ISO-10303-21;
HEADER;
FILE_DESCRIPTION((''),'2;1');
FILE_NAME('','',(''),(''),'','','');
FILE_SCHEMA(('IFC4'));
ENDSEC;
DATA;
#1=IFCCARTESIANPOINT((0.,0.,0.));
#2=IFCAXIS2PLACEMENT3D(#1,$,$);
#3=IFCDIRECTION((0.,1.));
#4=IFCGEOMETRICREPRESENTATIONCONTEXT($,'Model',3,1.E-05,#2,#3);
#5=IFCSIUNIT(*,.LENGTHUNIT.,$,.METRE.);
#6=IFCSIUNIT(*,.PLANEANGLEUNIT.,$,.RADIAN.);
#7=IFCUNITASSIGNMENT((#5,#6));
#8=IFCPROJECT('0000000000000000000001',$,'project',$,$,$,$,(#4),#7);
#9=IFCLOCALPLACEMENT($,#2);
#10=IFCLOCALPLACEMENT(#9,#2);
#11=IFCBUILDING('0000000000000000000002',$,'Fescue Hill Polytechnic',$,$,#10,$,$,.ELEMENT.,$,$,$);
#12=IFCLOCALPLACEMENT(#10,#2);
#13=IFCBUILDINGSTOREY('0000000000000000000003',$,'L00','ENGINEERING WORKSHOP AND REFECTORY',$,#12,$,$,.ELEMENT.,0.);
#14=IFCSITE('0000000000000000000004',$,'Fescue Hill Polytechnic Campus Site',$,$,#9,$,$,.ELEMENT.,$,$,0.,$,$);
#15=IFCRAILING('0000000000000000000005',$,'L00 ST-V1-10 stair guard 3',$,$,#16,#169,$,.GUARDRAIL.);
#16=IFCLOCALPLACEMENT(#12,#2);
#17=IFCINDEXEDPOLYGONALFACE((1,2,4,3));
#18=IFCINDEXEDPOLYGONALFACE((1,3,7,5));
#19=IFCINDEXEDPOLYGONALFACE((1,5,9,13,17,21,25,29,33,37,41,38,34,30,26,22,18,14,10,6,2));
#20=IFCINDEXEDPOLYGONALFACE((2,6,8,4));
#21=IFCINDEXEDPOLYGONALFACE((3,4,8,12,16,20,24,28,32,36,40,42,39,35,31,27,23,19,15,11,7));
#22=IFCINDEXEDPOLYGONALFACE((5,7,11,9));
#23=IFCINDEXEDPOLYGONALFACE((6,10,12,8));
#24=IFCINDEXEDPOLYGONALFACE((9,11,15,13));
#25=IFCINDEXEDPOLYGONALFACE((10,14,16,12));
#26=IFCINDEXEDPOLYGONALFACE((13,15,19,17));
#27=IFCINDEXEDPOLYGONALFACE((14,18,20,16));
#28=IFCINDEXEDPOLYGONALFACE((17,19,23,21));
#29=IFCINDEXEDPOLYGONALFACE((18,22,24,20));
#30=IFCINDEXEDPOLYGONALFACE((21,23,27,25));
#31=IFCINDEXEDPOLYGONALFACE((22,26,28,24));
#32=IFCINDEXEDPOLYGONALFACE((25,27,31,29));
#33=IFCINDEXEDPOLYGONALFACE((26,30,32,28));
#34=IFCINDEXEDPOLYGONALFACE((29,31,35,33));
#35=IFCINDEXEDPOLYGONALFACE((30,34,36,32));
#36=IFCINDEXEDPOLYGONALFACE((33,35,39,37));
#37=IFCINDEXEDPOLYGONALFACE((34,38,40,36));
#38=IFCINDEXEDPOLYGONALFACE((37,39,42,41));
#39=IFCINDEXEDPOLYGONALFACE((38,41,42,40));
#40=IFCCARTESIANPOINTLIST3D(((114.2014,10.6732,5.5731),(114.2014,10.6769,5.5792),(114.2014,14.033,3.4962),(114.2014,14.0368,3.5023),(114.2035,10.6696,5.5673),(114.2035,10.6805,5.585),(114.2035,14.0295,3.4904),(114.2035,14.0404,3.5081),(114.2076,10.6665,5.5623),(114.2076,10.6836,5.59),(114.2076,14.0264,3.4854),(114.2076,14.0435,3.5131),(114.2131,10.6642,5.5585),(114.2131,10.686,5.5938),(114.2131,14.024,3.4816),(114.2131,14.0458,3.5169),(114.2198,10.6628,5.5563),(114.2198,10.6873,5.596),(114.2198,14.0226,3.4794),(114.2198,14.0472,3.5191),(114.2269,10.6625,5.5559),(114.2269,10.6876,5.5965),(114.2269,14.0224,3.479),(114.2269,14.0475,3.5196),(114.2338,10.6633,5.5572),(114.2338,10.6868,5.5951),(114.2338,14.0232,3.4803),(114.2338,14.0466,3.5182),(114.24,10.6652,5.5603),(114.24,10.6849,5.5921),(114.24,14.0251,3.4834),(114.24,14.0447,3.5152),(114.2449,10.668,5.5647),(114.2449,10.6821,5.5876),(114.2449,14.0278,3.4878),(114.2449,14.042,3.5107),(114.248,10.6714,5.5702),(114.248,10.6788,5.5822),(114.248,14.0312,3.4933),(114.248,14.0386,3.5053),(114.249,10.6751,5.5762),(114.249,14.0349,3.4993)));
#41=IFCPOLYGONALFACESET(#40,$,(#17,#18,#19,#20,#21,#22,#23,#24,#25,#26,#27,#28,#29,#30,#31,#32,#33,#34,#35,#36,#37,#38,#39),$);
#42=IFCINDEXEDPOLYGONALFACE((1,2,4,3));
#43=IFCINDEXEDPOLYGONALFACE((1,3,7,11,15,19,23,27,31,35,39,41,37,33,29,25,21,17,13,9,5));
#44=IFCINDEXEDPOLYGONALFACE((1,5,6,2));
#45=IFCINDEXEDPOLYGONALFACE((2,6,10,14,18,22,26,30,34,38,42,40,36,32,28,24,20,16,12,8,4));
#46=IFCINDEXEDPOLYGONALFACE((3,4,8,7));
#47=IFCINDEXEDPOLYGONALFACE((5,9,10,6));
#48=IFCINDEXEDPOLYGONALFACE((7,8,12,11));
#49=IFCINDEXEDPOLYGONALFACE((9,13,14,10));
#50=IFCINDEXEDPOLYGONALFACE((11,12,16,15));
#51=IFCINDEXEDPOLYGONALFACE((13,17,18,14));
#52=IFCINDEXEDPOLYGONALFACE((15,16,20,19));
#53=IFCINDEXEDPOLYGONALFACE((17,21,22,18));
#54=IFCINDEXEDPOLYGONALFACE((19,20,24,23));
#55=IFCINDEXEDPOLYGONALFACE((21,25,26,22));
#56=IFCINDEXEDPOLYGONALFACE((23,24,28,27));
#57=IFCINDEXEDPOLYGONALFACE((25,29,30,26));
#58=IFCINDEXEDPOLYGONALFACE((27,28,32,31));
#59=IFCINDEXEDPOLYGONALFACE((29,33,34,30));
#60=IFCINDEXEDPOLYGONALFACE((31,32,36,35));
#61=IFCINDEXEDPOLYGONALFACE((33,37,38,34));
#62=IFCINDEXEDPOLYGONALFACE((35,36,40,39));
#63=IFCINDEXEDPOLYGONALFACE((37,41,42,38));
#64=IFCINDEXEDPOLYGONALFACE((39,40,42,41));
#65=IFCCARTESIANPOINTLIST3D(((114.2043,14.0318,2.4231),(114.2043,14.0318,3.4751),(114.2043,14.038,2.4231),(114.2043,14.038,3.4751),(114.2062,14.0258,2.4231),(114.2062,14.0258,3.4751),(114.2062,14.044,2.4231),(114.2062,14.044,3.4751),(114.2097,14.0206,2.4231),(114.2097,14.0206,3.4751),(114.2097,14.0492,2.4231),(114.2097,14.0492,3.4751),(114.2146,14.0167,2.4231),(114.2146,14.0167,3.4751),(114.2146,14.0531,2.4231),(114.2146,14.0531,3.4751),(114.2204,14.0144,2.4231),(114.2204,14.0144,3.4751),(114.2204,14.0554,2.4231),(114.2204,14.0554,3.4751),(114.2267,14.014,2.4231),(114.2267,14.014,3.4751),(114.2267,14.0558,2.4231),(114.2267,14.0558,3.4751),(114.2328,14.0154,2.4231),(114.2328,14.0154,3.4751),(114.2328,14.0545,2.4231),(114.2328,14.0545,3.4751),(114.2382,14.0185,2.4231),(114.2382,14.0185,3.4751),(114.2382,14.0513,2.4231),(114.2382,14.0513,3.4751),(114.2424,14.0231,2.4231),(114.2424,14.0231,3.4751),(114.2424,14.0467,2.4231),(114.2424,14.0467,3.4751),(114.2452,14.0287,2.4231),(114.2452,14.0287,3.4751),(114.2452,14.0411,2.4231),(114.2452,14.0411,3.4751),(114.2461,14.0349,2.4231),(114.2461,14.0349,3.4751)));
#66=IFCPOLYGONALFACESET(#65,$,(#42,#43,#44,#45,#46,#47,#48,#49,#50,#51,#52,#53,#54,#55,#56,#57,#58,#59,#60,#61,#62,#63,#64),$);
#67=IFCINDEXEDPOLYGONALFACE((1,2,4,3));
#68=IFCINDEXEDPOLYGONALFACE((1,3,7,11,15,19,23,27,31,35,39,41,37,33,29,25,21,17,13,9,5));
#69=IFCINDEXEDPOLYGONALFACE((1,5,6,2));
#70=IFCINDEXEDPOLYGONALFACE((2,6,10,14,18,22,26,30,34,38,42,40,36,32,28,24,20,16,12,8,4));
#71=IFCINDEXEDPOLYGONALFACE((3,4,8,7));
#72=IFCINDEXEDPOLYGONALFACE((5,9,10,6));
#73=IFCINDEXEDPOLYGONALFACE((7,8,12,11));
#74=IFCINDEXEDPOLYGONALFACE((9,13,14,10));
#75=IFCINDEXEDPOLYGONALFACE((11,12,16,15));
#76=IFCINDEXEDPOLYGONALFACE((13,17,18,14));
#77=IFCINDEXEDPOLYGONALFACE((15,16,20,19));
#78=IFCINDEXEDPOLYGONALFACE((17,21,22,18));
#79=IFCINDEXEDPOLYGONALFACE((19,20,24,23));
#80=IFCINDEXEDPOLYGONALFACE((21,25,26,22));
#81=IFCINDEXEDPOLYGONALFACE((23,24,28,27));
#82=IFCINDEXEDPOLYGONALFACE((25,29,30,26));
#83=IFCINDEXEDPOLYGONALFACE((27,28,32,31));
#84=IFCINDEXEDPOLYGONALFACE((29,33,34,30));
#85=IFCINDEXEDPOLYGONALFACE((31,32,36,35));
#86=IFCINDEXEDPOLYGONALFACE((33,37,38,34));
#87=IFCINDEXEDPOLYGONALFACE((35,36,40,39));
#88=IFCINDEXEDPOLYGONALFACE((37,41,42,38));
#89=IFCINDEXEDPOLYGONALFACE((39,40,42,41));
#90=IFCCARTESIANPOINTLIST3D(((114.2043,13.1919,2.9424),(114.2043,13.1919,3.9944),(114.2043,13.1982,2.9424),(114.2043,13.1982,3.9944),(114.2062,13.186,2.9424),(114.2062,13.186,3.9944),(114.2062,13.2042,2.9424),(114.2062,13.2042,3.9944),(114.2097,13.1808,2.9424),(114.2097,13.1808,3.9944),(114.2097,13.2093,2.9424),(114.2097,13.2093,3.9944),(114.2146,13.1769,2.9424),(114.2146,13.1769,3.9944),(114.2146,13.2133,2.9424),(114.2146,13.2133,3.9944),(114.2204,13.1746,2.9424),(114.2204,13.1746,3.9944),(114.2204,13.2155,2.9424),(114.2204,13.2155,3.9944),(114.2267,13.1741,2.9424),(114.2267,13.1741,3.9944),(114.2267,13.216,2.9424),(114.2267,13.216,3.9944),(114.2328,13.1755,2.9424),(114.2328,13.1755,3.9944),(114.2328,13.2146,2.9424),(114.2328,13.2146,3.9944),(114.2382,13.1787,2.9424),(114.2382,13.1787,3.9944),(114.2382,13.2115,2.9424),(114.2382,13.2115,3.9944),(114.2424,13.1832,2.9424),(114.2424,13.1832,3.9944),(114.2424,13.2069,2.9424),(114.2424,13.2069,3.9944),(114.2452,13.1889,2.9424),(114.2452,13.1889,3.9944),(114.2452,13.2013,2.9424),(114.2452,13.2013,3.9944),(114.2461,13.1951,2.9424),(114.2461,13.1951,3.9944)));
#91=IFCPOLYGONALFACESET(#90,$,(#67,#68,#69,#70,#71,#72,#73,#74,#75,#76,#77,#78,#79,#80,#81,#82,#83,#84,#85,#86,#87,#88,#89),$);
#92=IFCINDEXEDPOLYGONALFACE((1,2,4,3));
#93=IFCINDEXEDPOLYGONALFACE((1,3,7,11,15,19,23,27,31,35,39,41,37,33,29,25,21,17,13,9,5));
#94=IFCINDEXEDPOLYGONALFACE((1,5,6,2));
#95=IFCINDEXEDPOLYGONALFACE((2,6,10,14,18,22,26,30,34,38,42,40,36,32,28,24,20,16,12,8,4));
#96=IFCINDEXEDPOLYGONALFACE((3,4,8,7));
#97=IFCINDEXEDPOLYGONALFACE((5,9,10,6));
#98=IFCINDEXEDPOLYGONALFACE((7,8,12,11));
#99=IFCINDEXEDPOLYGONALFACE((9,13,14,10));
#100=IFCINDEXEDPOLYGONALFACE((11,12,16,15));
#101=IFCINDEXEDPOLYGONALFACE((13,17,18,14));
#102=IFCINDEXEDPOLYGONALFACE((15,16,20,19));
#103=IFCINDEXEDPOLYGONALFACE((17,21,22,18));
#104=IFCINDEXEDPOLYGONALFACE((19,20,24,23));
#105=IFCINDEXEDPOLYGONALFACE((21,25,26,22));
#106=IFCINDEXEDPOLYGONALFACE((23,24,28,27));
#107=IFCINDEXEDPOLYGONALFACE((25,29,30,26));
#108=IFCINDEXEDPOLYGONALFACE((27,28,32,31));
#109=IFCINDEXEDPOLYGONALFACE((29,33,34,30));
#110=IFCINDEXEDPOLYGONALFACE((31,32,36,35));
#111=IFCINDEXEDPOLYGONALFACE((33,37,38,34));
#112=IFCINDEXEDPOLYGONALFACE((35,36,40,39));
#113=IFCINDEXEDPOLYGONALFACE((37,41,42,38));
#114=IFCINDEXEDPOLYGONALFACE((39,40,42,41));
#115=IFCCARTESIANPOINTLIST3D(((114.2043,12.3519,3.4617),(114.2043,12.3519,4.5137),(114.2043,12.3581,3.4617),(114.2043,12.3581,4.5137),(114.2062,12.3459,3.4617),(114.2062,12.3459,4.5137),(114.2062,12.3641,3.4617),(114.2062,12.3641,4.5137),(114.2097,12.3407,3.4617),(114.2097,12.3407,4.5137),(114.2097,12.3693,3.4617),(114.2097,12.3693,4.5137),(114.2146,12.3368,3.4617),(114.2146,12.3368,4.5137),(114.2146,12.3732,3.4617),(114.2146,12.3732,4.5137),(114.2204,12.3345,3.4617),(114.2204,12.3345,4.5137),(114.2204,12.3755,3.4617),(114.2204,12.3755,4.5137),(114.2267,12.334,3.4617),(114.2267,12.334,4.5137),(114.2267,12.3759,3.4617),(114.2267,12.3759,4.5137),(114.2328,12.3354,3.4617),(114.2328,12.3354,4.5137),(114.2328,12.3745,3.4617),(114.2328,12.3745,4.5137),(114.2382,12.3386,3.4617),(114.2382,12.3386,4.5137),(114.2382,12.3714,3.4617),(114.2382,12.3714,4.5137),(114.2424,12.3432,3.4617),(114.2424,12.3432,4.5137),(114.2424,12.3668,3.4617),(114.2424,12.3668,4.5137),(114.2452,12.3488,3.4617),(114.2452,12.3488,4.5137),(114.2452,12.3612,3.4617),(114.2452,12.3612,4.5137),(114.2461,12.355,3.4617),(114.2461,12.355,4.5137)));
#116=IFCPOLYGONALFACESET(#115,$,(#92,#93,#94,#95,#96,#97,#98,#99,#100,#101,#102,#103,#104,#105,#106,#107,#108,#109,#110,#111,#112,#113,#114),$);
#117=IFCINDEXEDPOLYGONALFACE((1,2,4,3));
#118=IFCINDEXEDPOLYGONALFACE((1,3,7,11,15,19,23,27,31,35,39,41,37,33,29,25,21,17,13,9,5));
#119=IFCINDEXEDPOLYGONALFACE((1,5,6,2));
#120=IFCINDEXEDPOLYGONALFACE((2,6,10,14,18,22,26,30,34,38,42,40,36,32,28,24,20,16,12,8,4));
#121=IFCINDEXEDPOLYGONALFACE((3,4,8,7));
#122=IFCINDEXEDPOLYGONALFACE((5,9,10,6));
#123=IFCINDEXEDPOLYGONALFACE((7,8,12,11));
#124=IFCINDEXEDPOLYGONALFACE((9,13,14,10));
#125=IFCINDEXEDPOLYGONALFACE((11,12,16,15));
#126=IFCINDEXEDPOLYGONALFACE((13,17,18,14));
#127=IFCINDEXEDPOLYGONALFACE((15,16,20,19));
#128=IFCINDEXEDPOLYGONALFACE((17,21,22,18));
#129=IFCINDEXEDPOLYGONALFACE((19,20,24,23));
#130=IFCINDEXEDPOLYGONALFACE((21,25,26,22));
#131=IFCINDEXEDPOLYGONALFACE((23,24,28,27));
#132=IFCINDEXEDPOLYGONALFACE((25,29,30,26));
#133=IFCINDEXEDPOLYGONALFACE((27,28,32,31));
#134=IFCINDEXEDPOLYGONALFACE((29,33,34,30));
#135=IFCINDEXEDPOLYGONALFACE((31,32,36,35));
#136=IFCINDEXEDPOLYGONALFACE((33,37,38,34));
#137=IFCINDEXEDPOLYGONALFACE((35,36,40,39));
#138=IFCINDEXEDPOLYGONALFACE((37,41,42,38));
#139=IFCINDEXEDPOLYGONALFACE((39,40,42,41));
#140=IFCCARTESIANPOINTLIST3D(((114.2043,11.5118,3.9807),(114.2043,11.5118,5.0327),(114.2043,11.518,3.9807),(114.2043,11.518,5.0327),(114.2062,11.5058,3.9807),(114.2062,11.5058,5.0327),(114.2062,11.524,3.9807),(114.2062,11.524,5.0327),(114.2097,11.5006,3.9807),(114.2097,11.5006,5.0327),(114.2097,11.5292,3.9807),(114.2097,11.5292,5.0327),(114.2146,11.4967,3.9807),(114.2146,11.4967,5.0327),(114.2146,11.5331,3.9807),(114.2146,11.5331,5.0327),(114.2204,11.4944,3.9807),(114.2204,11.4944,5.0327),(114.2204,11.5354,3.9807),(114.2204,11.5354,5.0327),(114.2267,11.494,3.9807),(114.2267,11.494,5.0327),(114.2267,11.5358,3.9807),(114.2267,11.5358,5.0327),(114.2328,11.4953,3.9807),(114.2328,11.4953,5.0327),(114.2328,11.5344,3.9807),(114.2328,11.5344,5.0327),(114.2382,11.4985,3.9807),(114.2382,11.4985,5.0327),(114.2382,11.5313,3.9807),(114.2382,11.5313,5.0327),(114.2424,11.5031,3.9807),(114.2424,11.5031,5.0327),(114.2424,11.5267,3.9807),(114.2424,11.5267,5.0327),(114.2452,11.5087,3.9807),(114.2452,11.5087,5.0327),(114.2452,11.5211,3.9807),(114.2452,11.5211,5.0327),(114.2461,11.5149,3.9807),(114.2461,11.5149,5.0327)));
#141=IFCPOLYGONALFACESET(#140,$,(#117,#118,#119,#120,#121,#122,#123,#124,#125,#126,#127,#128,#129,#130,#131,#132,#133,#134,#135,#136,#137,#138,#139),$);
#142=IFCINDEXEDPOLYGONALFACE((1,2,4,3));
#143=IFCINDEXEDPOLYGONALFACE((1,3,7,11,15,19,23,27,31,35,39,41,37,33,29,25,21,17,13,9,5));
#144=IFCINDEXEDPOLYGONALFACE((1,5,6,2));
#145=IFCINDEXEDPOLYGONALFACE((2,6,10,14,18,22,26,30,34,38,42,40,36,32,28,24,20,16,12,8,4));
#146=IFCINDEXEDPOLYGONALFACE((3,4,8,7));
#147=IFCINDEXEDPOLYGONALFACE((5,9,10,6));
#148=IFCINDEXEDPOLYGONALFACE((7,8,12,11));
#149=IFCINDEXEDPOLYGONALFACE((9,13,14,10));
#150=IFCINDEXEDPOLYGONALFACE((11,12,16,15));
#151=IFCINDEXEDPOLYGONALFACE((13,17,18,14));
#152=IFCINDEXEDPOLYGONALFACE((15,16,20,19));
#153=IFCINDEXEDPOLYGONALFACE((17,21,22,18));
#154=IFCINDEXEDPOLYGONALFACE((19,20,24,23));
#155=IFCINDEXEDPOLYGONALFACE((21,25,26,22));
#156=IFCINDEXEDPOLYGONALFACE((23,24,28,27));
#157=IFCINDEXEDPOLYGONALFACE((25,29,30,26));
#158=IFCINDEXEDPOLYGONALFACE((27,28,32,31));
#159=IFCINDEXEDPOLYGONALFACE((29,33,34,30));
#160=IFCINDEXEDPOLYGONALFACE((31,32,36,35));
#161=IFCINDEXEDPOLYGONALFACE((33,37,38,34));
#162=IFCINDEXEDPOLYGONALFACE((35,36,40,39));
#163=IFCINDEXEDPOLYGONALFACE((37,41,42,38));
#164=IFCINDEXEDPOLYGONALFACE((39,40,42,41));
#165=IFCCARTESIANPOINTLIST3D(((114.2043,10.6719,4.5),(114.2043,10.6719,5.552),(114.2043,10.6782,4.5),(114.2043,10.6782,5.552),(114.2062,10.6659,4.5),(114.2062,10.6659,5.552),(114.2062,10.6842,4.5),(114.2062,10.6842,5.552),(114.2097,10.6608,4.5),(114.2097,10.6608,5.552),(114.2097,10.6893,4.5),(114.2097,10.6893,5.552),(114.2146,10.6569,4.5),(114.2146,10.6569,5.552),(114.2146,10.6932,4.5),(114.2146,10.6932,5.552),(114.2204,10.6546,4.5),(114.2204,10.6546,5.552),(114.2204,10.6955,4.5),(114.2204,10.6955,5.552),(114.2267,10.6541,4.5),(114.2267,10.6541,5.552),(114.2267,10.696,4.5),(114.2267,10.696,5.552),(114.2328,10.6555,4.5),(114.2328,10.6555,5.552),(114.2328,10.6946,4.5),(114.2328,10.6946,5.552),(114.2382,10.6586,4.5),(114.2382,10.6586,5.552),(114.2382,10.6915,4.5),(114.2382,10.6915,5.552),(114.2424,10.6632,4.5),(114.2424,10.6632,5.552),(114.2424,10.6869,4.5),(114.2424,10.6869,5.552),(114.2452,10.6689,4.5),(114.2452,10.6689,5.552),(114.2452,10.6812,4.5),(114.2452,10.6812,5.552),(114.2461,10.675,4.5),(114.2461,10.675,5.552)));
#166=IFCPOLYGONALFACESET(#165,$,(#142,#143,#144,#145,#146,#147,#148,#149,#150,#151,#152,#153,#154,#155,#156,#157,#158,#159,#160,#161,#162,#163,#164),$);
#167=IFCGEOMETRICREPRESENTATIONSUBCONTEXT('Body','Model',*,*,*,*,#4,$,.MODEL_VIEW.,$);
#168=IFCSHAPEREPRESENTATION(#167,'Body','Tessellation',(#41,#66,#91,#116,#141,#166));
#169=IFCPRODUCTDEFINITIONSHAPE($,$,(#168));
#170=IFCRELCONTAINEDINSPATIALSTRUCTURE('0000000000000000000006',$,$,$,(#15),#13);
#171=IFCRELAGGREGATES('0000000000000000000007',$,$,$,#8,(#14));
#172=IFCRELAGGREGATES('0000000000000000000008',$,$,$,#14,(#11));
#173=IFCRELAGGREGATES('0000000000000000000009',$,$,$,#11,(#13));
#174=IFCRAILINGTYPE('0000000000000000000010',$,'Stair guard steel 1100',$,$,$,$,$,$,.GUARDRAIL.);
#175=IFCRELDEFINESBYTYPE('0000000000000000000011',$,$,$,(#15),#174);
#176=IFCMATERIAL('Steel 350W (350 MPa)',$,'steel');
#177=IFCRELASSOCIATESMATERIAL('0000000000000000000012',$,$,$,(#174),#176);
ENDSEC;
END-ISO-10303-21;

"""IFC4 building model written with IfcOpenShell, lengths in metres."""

from ifc_helpers import new_model, si_unit, direction, frame, origin, origin_2d, place, context, subcontext, project, spatial, circle, extrude, material, type_object, element, save


model = new_model("IFC4")

# Units and contexts
model_context = context("Model", 3, precision=1e-05, world=origin(), true_north=direction((0.0, 1.0)))
body_context = subcontext(model_context, "Body", "Model", "MODEL_VIEW")
ifc_project = project(units=[si_unit("LENGTHUNIT", "METRE"), si_unit("PLANEANGLEUNIT", "RADIAN")], contexts=[model_context])

# Site, building, storey
site_placement = place(None, origin())
site = spatial("IfcSite", under=ifc_project, at=site_placement, Name="Fescue Hill Polytechnic Campus Site", CompositionType="ELEMENT", RefElevation=0.0)
building_placement = place(site_placement, origin())
building = spatial("IfcBuilding", under=site, at=building_placement, Name="Fescue Hill Polytechnic", CompositionType="ELEMENT")
storey_placement = place(building_placement, origin())
storey = spatial("IfcBuildingStorey", under=building, at=storey_placement, Name="L00", Description="ENGINEERING WORKSHOP AND REFECTORY", CompositionType="ELEMENT", Elevation=0.0)

# Railing
ifc_material_1 = material(Name="Steel 350W (350 MPa)", Category="steel")
railing_type_1 = type_object("IfcRailingType", Name="Stair guard steel 1100", PredefinedType="GUARDRAIL", material=ifc_material_1)
railing_1_placement = place(storey_placement, frame((114.2251, 14.0349, 2.4231)))
element("IfcRailing", 1, at=railing_1_placement, inside=storey, type_object=railing_type_1, Name="L00 ST-V1-10 stair guard 3", PredefinedType="GUARDRAIL", context=body_context, shape_type="SweptSolid", body=[
    extrude(circle(Radius=0.0239, at=origin_2d()), frame((0.0, 0.0, 1.0762), z_axis=(0.0, -0.850606, 0.525803), x_axis=(1.0, 0.0, 0.0)), (0.0, 0.0, 1.0), 3.95),
    extrude(circle(Radius=0.021, at=origin_2d()), origin(), (0.0, 0.0, 1.0), 1.052),
    extrude(circle(Radius=0.021, at=origin_2d()), frame((0.0, -0.8398, 0.5193)), (0.0, 0.0, 1.0), 1.052),
    extrude(circle(Radius=0.021, at=origin_2d()), frame((0.0, -1.6799, 1.0386)), (0.0, 0.0, 1.0), 1.052),
    extrude(circle(Radius=0.021, at=origin_2d()), frame((0.0, -2.52, 1.5576)), (0.0, 0.0, 1.0), 1.052),
    extrude(circle(Radius=0.021, at=origin_2d()), frame((0.0, -3.3599, 2.0769)), (0.0, 0.0, 1.0), 1.052),
])

save(model, "model.ifc")
